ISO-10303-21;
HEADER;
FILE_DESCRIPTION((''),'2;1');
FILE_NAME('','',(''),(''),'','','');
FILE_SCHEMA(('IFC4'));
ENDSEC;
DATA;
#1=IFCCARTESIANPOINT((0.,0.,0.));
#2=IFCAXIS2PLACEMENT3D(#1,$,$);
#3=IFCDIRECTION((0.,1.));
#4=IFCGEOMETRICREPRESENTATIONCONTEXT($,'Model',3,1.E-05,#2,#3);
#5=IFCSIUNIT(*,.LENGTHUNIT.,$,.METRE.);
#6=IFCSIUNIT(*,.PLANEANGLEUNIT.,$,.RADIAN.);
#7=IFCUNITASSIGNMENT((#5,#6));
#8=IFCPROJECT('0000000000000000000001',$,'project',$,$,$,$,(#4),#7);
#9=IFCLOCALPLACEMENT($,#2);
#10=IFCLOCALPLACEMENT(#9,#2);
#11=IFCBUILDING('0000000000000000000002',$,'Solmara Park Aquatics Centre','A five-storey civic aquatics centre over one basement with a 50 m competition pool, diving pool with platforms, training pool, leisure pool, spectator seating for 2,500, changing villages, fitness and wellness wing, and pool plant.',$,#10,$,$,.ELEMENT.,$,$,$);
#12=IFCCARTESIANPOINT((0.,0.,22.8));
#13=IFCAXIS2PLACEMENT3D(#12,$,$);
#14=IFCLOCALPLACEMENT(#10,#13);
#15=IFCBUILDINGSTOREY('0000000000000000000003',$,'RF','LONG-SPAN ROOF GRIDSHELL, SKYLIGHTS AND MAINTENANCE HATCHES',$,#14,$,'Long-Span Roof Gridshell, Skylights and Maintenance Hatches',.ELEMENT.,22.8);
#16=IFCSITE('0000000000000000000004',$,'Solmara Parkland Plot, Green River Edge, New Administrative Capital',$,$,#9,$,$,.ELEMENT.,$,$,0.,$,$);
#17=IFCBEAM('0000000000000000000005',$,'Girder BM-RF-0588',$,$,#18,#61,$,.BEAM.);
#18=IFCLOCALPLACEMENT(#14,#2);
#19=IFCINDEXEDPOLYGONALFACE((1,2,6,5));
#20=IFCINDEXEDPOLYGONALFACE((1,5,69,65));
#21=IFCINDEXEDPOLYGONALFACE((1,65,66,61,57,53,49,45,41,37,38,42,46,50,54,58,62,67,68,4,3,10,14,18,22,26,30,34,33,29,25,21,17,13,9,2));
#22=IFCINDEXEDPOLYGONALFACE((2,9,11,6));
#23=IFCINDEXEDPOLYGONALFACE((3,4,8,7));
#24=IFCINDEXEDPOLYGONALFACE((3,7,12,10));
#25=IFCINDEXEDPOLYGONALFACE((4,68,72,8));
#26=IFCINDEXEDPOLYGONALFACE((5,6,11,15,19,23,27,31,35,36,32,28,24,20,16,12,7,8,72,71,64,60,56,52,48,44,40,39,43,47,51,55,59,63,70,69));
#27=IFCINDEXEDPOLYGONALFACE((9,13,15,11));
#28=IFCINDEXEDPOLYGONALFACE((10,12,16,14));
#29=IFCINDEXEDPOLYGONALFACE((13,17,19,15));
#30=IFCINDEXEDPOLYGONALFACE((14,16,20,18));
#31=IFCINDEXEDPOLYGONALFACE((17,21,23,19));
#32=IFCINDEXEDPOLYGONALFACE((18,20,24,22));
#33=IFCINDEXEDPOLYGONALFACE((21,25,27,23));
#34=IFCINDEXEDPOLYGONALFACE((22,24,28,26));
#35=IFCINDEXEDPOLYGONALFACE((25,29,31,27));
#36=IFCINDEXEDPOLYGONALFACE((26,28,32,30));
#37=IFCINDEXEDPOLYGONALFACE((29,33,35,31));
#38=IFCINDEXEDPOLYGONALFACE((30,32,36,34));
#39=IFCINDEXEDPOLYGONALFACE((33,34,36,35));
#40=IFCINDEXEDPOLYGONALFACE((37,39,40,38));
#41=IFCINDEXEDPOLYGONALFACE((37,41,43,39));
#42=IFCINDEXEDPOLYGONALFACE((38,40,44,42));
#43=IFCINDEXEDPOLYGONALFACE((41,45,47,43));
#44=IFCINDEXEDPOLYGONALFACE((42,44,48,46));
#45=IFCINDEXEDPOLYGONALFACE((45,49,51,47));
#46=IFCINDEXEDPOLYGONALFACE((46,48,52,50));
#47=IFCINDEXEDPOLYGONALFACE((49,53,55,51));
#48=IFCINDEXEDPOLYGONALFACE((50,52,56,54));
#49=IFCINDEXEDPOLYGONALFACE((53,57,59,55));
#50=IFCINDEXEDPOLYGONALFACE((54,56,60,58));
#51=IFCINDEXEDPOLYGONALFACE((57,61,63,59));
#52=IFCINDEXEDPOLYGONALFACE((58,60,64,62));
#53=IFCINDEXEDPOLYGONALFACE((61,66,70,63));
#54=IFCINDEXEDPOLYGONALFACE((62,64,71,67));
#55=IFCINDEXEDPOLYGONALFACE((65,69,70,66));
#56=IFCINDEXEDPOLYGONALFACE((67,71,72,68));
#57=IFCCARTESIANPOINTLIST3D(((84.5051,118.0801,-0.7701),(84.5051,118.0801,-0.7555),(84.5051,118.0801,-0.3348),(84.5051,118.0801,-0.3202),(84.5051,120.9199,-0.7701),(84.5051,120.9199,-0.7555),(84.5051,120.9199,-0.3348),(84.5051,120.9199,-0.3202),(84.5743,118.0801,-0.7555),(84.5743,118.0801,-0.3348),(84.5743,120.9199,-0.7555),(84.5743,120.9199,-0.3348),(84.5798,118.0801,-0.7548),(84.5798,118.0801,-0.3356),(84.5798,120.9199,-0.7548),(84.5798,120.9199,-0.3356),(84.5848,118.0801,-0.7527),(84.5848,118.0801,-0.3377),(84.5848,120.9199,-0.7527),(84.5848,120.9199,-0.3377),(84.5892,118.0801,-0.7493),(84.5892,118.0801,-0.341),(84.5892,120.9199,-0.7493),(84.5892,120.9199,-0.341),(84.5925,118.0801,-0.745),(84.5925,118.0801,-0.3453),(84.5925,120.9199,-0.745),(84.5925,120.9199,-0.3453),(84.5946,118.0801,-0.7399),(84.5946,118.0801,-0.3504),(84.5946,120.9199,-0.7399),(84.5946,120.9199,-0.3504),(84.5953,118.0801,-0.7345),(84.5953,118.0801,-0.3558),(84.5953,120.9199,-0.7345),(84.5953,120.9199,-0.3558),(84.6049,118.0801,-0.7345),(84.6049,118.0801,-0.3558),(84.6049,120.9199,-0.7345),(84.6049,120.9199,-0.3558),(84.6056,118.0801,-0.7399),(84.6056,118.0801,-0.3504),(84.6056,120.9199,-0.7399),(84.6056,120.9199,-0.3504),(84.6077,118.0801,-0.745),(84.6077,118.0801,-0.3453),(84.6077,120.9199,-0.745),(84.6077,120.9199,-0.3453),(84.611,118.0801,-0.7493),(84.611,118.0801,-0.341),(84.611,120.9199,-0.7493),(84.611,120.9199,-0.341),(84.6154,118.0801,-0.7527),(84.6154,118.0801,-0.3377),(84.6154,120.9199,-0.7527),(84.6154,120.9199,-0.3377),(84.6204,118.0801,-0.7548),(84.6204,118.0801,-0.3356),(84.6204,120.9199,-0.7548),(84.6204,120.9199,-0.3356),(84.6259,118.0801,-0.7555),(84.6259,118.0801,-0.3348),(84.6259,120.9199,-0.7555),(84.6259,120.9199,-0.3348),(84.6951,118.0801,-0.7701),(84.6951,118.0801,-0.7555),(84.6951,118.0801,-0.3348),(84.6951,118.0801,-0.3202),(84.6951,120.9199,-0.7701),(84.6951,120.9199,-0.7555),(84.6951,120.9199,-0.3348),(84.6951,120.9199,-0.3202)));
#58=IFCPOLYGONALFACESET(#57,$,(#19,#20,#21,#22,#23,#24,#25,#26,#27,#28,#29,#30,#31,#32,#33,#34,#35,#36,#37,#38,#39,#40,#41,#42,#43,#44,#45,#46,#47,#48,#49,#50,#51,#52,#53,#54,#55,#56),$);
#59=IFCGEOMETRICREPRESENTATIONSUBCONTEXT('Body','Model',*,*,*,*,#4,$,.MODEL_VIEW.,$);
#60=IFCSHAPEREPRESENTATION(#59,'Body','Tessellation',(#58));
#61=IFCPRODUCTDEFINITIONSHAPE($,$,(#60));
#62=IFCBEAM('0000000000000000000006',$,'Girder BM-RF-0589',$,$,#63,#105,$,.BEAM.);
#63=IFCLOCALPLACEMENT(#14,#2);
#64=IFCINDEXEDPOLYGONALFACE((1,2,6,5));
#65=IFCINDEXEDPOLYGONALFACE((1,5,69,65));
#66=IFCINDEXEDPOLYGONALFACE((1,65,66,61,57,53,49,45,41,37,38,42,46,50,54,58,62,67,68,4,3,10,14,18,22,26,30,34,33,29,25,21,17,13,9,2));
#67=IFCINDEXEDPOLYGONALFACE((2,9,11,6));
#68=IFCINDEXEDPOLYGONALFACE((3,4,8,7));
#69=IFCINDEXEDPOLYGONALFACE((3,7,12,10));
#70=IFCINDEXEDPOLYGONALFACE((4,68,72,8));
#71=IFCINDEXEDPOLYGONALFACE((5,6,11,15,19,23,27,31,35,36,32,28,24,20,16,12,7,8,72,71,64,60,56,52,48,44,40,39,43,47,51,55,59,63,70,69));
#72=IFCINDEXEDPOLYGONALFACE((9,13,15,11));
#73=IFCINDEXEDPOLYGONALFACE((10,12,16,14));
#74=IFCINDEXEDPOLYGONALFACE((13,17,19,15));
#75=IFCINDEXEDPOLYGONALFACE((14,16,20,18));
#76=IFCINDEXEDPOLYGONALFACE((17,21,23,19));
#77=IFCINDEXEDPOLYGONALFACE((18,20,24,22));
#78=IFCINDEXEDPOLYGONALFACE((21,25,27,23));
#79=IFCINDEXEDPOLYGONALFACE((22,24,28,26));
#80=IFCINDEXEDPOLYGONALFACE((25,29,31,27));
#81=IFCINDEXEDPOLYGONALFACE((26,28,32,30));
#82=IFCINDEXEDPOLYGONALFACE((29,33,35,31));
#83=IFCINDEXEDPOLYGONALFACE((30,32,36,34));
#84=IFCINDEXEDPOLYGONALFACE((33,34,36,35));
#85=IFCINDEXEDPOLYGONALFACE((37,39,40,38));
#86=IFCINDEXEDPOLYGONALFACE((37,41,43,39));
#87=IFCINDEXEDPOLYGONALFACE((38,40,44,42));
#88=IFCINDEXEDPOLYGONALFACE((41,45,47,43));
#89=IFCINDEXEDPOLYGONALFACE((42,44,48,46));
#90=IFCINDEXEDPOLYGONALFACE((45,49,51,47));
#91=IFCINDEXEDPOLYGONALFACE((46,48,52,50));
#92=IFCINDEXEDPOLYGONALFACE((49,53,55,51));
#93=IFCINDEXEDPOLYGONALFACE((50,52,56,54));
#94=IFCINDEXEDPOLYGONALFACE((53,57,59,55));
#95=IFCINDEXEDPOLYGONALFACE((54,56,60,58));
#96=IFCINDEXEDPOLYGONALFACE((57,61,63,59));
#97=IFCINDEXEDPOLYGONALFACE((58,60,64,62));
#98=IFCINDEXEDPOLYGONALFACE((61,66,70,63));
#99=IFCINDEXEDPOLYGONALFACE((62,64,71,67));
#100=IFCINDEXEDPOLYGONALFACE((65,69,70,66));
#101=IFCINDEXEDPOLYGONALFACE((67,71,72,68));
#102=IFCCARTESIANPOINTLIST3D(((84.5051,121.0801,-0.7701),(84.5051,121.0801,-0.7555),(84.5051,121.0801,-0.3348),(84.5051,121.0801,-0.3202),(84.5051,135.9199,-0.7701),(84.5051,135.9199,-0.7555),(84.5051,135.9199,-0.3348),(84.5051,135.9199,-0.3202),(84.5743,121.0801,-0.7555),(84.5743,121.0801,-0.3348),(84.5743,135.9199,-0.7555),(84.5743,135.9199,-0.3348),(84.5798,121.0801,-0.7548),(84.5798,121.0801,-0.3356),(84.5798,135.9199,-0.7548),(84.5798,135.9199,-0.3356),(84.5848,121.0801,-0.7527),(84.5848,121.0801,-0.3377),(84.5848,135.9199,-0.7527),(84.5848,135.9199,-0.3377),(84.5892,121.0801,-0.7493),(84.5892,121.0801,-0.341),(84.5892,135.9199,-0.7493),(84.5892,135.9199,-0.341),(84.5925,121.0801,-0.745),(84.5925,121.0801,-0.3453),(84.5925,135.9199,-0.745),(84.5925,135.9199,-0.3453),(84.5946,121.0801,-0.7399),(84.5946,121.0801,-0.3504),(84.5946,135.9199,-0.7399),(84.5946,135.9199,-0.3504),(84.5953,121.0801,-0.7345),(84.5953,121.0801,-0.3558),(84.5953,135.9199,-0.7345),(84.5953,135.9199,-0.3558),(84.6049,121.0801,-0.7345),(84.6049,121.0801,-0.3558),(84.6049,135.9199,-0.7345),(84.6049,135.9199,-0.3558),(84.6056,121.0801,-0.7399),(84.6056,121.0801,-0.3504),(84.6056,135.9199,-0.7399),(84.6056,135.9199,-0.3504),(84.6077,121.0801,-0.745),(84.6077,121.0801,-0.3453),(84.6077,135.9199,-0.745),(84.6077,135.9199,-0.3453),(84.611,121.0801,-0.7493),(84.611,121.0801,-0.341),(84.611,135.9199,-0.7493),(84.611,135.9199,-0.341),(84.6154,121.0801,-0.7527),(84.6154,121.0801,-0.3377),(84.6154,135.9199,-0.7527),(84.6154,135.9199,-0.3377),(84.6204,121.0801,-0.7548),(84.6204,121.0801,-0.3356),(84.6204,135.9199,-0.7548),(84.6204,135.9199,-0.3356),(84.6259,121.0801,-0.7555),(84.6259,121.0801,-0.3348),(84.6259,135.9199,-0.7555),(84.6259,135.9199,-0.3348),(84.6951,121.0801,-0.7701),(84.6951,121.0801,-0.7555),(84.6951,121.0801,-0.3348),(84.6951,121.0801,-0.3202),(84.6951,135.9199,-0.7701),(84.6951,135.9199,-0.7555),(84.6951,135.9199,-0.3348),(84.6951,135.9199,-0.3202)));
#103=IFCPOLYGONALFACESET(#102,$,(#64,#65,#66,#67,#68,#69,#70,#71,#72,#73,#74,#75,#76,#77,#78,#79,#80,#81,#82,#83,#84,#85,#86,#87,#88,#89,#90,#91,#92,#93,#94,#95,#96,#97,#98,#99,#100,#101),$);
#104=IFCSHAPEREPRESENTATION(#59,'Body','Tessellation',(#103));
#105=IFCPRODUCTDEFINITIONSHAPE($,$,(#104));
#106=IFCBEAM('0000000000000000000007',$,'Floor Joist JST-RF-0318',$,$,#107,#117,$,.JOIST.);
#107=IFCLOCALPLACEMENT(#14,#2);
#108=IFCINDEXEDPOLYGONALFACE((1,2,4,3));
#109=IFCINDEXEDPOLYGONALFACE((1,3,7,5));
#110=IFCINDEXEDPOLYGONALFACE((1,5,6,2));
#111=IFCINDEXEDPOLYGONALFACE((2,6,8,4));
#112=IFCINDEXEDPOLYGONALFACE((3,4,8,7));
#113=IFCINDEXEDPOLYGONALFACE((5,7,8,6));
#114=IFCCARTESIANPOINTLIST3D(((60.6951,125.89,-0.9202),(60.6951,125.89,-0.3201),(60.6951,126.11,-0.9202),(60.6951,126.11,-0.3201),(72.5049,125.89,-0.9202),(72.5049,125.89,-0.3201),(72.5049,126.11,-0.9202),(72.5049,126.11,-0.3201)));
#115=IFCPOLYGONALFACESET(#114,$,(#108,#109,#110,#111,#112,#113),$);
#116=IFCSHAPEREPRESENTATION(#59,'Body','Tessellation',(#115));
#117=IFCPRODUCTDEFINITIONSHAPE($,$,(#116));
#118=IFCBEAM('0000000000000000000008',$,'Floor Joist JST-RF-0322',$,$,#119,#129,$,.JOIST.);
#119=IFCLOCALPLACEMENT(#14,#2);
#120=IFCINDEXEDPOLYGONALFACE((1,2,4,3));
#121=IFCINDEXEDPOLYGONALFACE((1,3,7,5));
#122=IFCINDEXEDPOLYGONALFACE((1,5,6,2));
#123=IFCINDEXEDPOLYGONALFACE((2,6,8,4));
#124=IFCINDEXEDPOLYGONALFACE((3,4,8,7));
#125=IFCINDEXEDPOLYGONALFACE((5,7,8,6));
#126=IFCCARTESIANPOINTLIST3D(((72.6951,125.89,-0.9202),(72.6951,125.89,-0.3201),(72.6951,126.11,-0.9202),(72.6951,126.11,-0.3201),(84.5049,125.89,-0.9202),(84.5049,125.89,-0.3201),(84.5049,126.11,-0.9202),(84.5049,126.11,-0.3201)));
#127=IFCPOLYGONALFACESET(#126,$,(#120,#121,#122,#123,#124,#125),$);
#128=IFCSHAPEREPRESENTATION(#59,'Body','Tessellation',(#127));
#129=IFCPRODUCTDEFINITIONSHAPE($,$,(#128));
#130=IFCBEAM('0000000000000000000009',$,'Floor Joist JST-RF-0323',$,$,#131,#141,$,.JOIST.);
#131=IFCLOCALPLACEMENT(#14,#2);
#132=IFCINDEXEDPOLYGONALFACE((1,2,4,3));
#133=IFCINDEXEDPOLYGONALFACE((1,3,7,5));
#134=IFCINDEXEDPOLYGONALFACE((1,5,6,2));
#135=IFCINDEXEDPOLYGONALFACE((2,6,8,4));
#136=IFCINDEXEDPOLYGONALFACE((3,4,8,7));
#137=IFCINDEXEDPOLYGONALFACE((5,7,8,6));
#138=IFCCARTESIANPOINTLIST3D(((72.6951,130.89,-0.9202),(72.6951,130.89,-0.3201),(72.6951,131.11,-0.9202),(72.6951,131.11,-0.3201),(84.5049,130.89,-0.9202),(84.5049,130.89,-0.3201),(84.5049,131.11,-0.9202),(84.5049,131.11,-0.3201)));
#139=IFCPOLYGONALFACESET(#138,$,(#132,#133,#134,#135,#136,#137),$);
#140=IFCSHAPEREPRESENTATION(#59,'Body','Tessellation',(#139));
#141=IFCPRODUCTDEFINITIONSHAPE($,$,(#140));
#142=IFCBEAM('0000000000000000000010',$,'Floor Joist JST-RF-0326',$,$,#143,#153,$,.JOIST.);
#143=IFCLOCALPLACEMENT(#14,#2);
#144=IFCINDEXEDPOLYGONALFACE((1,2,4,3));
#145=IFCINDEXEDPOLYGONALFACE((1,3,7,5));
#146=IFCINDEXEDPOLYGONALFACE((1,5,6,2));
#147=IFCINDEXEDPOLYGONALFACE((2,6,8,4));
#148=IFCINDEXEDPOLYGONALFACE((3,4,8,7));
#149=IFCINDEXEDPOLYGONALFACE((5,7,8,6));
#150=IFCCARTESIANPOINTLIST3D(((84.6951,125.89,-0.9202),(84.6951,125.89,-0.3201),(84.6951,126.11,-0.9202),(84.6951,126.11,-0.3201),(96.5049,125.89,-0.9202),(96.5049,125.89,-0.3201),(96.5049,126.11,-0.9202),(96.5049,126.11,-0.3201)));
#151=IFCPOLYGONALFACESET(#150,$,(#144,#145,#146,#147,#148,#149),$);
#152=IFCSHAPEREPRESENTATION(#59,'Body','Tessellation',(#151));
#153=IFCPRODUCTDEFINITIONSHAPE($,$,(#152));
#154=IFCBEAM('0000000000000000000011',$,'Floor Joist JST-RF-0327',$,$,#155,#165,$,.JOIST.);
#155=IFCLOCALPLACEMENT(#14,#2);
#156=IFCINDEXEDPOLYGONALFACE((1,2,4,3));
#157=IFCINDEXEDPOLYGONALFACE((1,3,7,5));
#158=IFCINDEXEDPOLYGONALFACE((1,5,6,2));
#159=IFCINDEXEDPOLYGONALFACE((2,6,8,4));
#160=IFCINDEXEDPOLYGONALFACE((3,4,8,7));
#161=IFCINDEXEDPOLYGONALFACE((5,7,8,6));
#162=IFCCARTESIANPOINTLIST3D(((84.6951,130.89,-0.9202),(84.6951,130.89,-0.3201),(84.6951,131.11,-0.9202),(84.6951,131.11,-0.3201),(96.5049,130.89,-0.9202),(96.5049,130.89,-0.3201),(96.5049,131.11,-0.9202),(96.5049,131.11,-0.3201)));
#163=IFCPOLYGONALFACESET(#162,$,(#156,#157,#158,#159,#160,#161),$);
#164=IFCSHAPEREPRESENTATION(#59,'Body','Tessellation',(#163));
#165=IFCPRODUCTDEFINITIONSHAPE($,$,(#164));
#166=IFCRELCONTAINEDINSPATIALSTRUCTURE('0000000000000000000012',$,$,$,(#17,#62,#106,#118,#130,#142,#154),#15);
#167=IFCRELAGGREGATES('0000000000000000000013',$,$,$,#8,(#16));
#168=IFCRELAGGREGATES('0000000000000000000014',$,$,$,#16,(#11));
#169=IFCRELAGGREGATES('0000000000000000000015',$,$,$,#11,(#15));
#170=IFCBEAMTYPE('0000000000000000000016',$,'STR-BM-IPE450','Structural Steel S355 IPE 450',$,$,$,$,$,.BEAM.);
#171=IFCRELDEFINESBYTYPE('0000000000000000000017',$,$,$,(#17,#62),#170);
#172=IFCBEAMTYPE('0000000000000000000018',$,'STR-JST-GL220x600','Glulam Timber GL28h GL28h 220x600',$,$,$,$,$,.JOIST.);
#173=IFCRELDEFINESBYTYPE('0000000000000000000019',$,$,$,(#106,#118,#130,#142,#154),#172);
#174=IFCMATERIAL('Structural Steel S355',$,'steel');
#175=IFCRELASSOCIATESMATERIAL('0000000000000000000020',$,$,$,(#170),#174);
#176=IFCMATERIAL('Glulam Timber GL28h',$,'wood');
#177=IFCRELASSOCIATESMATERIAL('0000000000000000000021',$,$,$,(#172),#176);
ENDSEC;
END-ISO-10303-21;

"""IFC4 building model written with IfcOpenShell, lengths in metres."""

from ifc_helpers import new_model, si_unit, direction, frame, origin, origin_2d, place, context, subcontext, project, spatial, rectangle, i_section, extrude, material, material_profile, profile_set, type_object, element, save


model = new_model("IFC4")

# Units and contexts
model_context = context("Model", 3, precision=1e-05, world=origin(), true_north=direction((0.0, 1.0)))
body_context = subcontext(model_context, "Body", "Model", "MODEL_VIEW")
ifc_project = project(units=[si_unit("LENGTHUNIT", "METRE"), si_unit("PLANEANGLEUNIT", "RADIAN")], contexts=[model_context])

# Site, building, storey
site_placement = place(None, origin())
site = spatial("IfcSite", under=ifc_project, at=site_placement, Name="Solmara Parkland Plot, Green River Edge, New Administrative Capital", CompositionType="ELEMENT", RefElevation=0.0)
building_placement = place(site_placement, origin())
building = spatial("IfcBuilding", under=site, at=building_placement, Name="Solmara Park Aquatics Centre", Description="A five-storey civic aquatics centre over one basement with a 50 m competition pool, diving pool with platforms, training pool, leisure pool, spectator seating for 2,500, changing villages, fitness and wellness wing, and pool plant.", CompositionType="ELEMENT")
storey_placement = place(building_placement, frame((0.0, 0.0, 22.8)))
storey = spatial("IfcBuildingStorey", under=building, at=storey_placement, Name="RF", Description="LONG-SPAN ROOF GRIDSHELL, SKYLIGHTS AND MAINTENANCE HATCHES", LongName="Long-Span Roof Gridshell, Skylights and Maintenance Hatches", CompositionType="ELEMENT", Elevation=22.8)

# Beams
ifc_material_1 = material(Name="Structural Steel S355", Category="steel")
ifc_material_profile_1 = material_profile(ifc_material_1, i_section(OverallWidth=0.1899, OverallDepth=0.45, WebThickness=0.0095, FlangeThickness=0.0146, FilletRadius=0.021, at=origin_2d()), Name="IPE 450")
ifc_profile_set_1 = profile_set([ifc_material_profile_1], Name="Structural Steel S355")
beam_type_1 = type_object("IfcBeamType", Name="STR-BM-IPE450", Description="Structural Steel S355 IPE 450", PredefinedType="BEAM", material=ifc_profile_set_1)
beam_1_placement = place(storey_placement, frame((84.6001, 118.0801, -0.5452), z_axis=(0.0, 1.0, 0.0), x_axis=(-1.0, 0.0, 0.0)))
element("IfcBeam", 1, at=beam_1_placement, inside=storey, type_object=beam_type_1, Name="Girder BM-RF-0588", PredefinedType="BEAM", context=body_context, shape_type="SweptSolid", body=[
    extrude(i_section(OverallWidth=0.1899, OverallDepth=0.45, WebThickness=0.0095, FlangeThickness=0.0146, FilletRadius=0.021, at=origin_2d()), origin(), (0.0, 0.0, 1.0), 2.8398),
])
beam_2_placement = place(storey_placement, frame((84.6001, 121.0801, -0.5452), z_axis=(0.0, 1.0, 0.0), x_axis=(-1.0, 0.0, 0.0)))
element("IfcBeam", 2, at=beam_2_placement, inside=storey, type_object=beam_type_1, Name="Girder BM-RF-0589", PredefinedType="BEAM", context=body_context, shape_type="SweptSolid", body=[
    extrude(i_section(OverallWidth=0.1899, OverallDepth=0.45, WebThickness=0.0095, FlangeThickness=0.0146, FilletRadius=0.021, at=origin_2d()), origin(), (0.0, 0.0, 1.0), 14.8398),
])
ifc_material_2 = material(Name="Glulam Timber GL28h", Category="wood")
ifc_material_profile_2 = material_profile(ifc_material_2, rectangle(XDim=0.22, YDim=0.6001, at=origin_2d()), Name="GL28h 220x600")
ifc_profile_set_2 = profile_set([ifc_material_profile_2], Name="Glulam Timber GL28h")
beam_type_2 = type_object("IfcBeamType", Name="STR-JST-GL220x600", Description="Glulam Timber GL28h GL28h 220x600", PredefinedType="JOIST", material=ifc_profile_set_2)
for number, where, z_axis, x_axis, name in (
    (3, (60.6951, 126.0, -0.6201), (1.0, 0.0, 0.0), (0.0, 1.0, 0.0), "Floor Joist JST-RF-0318"),
    (4, (72.6951, 126.0, -0.6201), (1.0, 0.0, 0.0), (0.0, 1.0, 0.0), "Floor Joist JST-RF-0322"),
    (5, (72.6951, 131.0, -0.6201), (1.0, 0.0, 0.0), (0.0, 1.0, 0.0), "Floor Joist JST-RF-0323"),
    (6, (84.6951, 126.0, -0.6201), (1.0, 0.0, 0.0), (0.0, 1.0, 0.0), "Floor Joist JST-RF-0326"),
    (7, (84.6951, 131.0, -0.6201), (1.0, 0.0, 0.0), (0.0, 1.0, 0.0), "Floor Joist JST-RF-0327"),
):
    element("IfcBeam", number, at=place(storey_placement, frame(where, z_axis=z_axis, x_axis=x_axis)), inside=storey, type_object=beam_type_2, Name=name, PredefinedType="JOIST", context=body_context, shape_type="SweptSolid", body=[
        extrude(rectangle(XDim=0.22, YDim=0.6001, at=origin_2d()), origin(), (0.0, 0.0, 1.0), 11.8098),
    ])

save(model, "model.ifc")
